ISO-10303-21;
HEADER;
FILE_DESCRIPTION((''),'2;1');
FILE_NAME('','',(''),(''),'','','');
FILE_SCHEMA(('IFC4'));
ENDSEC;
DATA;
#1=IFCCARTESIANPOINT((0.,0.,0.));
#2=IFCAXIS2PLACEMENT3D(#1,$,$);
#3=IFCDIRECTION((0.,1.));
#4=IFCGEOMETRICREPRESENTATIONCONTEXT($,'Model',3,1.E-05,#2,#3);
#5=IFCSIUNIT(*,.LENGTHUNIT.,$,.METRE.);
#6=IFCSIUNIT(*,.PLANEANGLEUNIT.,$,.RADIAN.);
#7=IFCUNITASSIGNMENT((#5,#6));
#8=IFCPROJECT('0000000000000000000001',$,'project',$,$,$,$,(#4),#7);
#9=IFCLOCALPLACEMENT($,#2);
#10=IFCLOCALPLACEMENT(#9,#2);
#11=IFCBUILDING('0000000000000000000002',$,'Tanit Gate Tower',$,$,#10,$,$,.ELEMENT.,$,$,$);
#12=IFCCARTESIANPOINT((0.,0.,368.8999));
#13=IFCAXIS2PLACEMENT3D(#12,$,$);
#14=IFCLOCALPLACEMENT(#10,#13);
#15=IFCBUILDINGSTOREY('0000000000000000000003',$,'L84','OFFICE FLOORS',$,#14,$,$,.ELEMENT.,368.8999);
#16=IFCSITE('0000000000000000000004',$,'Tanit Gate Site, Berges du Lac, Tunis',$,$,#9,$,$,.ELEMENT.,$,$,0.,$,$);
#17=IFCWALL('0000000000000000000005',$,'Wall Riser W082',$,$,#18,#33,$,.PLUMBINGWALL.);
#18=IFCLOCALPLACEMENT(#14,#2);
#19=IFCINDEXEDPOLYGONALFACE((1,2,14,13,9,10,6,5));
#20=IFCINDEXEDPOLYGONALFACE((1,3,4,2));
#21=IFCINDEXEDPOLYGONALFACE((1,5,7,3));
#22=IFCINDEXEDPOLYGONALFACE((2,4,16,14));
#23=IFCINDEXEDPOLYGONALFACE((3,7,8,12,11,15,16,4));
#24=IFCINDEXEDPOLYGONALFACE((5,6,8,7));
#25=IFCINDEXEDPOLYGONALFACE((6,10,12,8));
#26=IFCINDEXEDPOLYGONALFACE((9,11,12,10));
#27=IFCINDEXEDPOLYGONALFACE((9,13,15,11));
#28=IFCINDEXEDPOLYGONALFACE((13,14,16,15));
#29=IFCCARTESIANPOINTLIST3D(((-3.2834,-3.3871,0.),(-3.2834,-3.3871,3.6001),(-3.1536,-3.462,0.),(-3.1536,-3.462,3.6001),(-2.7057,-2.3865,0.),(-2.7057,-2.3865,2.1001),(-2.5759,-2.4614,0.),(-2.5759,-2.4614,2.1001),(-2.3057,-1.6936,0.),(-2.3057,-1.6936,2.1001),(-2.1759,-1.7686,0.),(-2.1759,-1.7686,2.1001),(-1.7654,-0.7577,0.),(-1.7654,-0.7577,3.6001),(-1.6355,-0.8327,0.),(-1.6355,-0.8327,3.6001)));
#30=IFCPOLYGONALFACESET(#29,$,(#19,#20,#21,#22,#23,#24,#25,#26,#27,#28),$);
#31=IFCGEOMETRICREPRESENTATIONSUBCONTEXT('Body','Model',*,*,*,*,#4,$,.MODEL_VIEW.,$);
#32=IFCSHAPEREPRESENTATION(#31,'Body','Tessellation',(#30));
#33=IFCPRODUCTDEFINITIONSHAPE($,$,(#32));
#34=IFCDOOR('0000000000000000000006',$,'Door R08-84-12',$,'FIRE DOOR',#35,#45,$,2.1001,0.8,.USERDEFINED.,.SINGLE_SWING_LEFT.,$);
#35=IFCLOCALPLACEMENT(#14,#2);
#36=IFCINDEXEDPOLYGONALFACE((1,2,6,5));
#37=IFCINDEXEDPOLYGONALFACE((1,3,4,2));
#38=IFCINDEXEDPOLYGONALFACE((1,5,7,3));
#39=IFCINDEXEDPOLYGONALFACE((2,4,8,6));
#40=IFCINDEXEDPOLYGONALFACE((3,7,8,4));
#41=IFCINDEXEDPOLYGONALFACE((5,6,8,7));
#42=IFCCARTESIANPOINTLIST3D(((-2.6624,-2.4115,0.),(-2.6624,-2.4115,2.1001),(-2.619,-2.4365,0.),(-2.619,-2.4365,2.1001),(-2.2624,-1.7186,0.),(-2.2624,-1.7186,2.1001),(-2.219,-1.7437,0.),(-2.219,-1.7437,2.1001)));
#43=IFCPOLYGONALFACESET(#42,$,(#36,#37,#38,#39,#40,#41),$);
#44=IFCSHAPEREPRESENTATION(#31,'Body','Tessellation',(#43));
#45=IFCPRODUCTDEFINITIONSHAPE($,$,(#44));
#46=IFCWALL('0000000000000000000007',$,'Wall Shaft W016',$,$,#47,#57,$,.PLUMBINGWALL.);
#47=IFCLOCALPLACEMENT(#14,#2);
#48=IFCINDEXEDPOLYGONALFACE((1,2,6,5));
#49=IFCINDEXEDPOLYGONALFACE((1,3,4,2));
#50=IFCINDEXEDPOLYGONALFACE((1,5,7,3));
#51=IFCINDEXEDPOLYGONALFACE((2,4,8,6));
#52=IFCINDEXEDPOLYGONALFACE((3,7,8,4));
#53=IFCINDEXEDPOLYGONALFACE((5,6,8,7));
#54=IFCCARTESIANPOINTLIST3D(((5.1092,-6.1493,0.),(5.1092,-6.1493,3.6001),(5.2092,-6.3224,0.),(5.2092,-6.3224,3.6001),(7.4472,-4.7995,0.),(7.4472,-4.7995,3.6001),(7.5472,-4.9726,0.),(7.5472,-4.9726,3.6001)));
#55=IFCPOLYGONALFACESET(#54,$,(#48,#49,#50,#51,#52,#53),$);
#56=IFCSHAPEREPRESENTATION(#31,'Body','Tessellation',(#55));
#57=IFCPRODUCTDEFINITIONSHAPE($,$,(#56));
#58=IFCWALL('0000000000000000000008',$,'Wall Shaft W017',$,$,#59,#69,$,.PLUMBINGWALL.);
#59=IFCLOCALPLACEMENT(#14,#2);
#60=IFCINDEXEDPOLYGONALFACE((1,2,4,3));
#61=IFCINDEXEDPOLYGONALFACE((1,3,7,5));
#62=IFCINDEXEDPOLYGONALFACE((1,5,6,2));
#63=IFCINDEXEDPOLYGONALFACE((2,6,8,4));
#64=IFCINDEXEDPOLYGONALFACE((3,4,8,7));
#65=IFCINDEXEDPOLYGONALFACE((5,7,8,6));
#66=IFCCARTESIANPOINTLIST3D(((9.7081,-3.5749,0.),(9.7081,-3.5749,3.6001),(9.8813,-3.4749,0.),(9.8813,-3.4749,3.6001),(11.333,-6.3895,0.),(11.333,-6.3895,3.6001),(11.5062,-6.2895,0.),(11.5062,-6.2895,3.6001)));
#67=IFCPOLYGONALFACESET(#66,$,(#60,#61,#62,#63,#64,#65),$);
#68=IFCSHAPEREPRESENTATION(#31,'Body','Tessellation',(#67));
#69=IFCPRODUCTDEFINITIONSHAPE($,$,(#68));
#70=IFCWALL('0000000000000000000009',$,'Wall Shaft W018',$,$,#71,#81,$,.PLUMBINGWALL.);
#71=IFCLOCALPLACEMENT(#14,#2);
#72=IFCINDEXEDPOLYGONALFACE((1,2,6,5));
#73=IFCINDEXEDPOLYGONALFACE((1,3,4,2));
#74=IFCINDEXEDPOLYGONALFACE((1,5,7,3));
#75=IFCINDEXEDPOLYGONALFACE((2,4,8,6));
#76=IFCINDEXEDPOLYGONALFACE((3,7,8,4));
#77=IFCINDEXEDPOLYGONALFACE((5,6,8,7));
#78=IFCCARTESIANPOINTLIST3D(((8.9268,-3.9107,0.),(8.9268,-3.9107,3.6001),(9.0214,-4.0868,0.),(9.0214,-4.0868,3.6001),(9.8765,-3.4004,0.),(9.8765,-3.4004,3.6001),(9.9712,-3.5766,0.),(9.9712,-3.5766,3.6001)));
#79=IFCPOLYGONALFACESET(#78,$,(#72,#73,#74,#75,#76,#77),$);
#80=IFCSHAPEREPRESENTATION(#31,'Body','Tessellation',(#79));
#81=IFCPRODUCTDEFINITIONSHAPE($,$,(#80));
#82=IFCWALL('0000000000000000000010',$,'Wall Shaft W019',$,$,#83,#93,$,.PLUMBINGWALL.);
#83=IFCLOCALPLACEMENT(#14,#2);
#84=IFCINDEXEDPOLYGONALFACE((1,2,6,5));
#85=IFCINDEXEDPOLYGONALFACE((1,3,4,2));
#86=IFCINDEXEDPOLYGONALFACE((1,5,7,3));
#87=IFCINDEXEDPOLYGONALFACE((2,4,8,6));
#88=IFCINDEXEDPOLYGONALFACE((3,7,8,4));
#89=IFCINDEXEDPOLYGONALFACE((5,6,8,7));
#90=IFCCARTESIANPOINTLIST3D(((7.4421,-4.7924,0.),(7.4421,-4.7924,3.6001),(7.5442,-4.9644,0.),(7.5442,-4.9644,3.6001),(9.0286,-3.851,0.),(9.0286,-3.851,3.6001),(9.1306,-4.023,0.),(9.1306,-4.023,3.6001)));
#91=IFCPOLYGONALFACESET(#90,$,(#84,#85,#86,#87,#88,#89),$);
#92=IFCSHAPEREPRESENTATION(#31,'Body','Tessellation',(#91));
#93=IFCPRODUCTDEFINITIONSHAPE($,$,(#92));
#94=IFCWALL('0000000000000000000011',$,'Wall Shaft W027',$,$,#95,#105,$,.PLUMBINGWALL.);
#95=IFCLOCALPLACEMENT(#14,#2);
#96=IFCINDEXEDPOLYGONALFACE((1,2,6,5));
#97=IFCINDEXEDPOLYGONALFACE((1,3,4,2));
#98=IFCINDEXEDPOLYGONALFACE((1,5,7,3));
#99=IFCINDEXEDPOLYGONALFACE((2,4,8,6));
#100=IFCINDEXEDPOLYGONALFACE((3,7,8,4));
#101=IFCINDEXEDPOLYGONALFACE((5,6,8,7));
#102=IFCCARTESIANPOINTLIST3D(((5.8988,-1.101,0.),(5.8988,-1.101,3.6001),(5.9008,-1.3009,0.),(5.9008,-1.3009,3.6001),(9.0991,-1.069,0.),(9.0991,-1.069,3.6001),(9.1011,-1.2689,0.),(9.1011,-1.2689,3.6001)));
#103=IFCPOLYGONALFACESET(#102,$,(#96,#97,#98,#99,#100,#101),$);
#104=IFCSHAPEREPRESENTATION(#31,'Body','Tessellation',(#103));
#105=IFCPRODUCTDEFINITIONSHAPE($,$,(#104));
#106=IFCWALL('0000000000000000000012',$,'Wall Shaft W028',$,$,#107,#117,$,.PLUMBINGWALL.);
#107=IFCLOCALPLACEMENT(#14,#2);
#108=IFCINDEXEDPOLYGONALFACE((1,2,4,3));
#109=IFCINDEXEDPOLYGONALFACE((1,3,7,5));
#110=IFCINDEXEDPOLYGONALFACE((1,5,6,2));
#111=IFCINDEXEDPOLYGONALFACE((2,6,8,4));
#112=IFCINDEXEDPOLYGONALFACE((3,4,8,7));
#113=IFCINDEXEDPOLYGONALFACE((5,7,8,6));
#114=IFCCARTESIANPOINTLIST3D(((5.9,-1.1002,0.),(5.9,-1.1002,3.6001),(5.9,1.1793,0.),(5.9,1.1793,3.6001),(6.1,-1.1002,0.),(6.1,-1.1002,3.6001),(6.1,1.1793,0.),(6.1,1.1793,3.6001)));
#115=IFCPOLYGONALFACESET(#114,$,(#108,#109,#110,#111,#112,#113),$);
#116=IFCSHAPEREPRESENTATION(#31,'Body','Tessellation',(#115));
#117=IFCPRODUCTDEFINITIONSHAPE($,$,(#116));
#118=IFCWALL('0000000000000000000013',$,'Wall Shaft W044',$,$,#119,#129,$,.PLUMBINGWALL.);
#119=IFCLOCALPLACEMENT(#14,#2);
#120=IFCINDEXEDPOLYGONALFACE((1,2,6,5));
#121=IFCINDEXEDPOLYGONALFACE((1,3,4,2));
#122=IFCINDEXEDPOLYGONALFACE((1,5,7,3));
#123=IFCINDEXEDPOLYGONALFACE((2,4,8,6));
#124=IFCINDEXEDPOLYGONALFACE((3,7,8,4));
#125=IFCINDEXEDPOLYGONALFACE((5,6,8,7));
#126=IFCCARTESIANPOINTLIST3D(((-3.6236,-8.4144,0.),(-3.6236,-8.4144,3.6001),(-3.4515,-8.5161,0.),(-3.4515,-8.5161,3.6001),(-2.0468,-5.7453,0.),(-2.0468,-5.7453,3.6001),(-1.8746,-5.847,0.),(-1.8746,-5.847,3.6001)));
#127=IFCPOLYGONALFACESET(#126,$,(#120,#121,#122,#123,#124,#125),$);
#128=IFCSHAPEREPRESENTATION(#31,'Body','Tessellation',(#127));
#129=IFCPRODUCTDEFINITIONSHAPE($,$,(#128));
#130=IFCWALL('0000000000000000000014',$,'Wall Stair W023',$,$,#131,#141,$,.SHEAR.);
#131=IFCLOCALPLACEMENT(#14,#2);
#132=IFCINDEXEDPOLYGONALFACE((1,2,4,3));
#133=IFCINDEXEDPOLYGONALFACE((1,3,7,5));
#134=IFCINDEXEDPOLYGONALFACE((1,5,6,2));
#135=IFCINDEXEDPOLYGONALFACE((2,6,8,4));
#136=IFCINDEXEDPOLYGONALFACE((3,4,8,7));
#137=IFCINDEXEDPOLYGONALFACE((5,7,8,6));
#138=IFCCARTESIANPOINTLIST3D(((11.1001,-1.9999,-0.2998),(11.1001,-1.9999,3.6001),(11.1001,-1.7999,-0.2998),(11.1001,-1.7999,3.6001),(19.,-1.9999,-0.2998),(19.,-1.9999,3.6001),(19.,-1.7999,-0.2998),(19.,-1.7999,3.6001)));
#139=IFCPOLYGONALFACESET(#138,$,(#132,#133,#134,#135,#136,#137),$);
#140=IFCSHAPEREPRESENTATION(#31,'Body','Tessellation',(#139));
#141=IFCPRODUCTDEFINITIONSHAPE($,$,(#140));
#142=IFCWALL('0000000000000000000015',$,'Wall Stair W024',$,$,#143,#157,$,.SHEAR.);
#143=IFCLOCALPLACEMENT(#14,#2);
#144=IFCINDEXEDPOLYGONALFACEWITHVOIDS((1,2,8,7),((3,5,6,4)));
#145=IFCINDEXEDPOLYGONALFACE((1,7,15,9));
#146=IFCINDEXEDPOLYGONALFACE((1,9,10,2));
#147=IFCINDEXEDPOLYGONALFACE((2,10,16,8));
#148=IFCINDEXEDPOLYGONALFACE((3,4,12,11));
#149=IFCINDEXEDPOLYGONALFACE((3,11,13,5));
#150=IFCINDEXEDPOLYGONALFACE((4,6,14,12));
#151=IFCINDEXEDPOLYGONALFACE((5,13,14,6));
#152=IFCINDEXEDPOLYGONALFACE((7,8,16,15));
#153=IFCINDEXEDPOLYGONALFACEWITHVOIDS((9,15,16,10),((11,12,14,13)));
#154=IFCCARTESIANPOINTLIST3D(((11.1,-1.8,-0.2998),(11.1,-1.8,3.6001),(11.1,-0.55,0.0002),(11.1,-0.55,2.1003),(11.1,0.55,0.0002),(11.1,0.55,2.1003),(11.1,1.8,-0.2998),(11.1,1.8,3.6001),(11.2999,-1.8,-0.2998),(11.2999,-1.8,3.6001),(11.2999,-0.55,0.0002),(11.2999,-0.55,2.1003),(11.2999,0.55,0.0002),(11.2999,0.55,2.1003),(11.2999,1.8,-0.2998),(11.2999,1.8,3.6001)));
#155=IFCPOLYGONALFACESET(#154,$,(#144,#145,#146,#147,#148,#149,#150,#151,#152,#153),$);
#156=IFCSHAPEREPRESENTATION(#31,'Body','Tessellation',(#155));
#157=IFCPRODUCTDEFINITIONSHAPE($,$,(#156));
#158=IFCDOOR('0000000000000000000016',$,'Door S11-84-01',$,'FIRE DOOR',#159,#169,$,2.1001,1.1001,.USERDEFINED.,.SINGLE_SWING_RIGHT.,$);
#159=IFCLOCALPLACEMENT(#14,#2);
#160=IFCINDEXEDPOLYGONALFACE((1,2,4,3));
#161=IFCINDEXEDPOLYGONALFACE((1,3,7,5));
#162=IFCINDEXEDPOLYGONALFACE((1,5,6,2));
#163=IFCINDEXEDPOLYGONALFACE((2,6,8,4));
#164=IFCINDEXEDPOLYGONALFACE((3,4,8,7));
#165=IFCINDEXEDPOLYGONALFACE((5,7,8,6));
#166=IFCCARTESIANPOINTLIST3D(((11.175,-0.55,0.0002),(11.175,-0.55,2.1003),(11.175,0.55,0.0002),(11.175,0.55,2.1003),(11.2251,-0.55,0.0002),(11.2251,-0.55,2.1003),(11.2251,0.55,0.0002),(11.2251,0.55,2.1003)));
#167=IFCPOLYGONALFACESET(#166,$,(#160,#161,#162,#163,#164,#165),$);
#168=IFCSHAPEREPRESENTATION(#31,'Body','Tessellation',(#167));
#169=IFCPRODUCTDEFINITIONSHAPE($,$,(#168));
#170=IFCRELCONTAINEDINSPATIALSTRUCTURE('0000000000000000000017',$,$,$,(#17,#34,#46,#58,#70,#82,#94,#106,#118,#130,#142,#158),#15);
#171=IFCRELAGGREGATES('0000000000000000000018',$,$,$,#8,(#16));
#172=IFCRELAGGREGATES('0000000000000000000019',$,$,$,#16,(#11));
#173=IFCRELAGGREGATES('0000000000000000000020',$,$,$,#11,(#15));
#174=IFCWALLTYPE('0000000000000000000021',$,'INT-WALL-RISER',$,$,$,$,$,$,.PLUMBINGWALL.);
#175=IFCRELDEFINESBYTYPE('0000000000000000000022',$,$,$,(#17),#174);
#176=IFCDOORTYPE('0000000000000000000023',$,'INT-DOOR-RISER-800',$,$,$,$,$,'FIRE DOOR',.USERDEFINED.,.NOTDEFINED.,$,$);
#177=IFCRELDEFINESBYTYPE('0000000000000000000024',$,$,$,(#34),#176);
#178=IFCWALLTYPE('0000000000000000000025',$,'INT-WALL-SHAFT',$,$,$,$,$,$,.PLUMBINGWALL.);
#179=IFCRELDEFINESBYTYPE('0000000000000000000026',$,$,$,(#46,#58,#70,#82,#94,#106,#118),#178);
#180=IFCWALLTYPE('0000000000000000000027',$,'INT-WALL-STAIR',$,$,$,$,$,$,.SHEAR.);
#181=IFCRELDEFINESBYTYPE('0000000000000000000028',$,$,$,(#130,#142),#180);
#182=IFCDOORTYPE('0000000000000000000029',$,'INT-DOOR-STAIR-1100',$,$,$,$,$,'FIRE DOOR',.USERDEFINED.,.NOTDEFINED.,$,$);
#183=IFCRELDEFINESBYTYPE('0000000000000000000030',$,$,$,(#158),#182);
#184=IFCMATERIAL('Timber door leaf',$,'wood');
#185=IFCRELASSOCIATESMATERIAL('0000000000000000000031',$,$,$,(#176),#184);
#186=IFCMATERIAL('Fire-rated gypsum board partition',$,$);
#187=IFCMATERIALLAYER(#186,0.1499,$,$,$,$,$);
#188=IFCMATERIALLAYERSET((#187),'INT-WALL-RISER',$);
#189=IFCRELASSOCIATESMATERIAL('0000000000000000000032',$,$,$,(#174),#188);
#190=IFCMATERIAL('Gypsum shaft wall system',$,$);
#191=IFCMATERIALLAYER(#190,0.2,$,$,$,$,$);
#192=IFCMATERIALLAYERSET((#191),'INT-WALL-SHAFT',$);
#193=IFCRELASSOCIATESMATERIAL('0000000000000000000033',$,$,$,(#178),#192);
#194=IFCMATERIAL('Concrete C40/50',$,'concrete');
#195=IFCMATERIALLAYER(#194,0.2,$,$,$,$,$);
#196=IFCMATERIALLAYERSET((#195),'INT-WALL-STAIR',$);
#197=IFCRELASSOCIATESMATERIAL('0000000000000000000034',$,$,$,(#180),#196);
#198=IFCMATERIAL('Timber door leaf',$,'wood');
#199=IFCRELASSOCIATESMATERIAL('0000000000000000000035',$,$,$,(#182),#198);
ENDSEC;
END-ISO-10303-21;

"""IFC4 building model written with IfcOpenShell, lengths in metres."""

from ifc_helpers import new_model, si_unit, direction, frame, frame_2d, origin, place, context, subcontext, project, spatial, rectangle, extrude, material, layer, layer_set, type_object, element, fill, save


model = new_model("IFC4")

# Units and contexts
model_context = context("Model", 3, precision=1e-05, world=origin(), true_north=direction((0.0, 1.0)))
body_context = subcontext(model_context, "Body", "Model", "MODEL_VIEW")
ifc_project = project(units=[si_unit("LENGTHUNIT", "METRE"), si_unit("PLANEANGLEUNIT", "RADIAN")], contexts=[model_context])

# Site, building, storey
site_placement = place(None, origin())
site = spatial("IfcSite", under=ifc_project, at=site_placement, Name="Tanit Gate Site, Berges du Lac, Tunis", CompositionType="ELEMENT", RefElevation=0.0)
building_placement = place(site_placement, origin())
building = spatial("IfcBuilding", under=site, at=building_placement, Name="Tanit Gate Tower", CompositionType="ELEMENT")
storey_placement = place(building_placement, frame((0.0, 0.0, 368.8999)))
storey = spatial("IfcBuildingStorey", under=building, at=storey_placement, Name="L84", Description="OFFICE FLOORS", CompositionType="ELEMENT", Elevation=368.8999)

# Shared definitions
ifc_material_1 = material(Name="Timber door leaf", Category="wood")
door_type_1 = type_object("IfcDoorType", Name="INT-DOOR-RISER-800", ElementType="FIRE DOOR", OperationType="NOTDEFINED", PredefinedType="USERDEFINED", material=ifc_material_1)

# Shared definitions
ifc_material_2 = material(Name="Fire-rated gypsum board partition")
ifc_layer_1 = layer(ifc_material_2, 0.1499)
ifc_layer_set_1 = layer_set([ifc_layer_1], Name="INT-WALL-RISER")
wall_type_1 = type_object("IfcWallType", Name="INT-WALL-RISER", PredefinedType="PLUMBINGWALL", material=ifc_layer_set_1)

# Wall, opening, door
wall_1_placement = place(storey_placement, frame((-3.2185, -3.4246, 0.0), z_axis=(0.0, 0.0, 1.0), x_axis=(0.499996, 0.866028, 0.0)))
wall_1 = element("IfcWall", 1, at=wall_1_placement, inside=storey, type_object=wall_type_1, Name="Wall Riser W082", PredefinedType="PLUMBINGWALL", context=body_context, shape_type="SweptSolid", body=[
    extrude(rectangle(XDim=3.0361, YDim=0.1499, at=frame_2d((1.5181, 0.0))), origin(), (0.0, 0.0, 1.0), 3.6001),
])
opening_1_placement = place(wall_1_placement, frame((1.1555, 0.0, 0.0)))
opening_1 = element("IfcOpeningElement", 2, at=opening_1_placement, cuts=wall_1, PredefinedType="OPENING", context=body_context, shape_type="SweptSolid", body=[
    extrude(rectangle(XDim=0.8, YDim=2.1001, at=frame_2d((0.3999, 1.05))), frame((0.0, 0.085, 0.0), z_axis=(0.0, -1.0, 0.0), x_axis=(1.0, 0.0, 0.0)), (0.0, 0.0, 1.0), 0.1699),
])
door_1_placement = place(opening_1_placement, origin())
door_1 = element("IfcDoor", 3, at=door_1_placement, inside=storey, type_object=door_type_1, Name="Door R08-84-12", ObjectType="FIRE DOOR", OperationType="SINGLE_SWING_LEFT", OverallHeight=2.1001, OverallWidth=0.8, PredefinedType="USERDEFINED", context=body_context, shape_type="SweptSolid", body=[
    extrude(rectangle(XDim=0.8, YDim=2.1001, at=frame_2d((0.3999, 1.05))), frame((0.0, 0.0249, 0.0), z_axis=(0.0, -1.0, 0.0), x_axis=(1.0, 0.0, 0.0)), (0.0, 0.0, 1.0), 0.05),
])
fill(opening_1, door_1)

# Walls
ifc_material_3 = material(Name="Gypsum shaft wall system")
ifc_layer_2 = layer(ifc_material_3, 0.2)
ifc_layer_set_2 = layer_set([ifc_layer_2], Name="INT-WALL-SHAFT")
wall_type_2 = type_object("IfcWallType", Name="INT-WALL-SHAFT", PredefinedType="PLUMBINGWALL", material=ifc_layer_set_2)
wall_2_placement = place(storey_placement, frame((5.1592, -6.2358, 0.0), z_axis=(0.0, 0.0, 1.0), x_axis=(0.866037, 0.499981, 0.0)))
element("IfcWall", 4, at=wall_2_placement, inside=storey, type_object=wall_type_2, Name="Wall Shaft W016", PredefinedType="PLUMBINGWALL", context=body_context, shape_type="SweptSolid", body=[
    extrude(rectangle(XDim=2.6997, YDim=0.2, at=frame_2d((1.3499, 0.0))), origin(), (0.0, 0.0, 1.0), 3.6001),
])
wall_3_placement = place(storey_placement, frame((9.7947, -3.5249, 0.0), z_axis=(0.0, 0.0, 1.0), x_axis=(0.499985, -0.866034, 0.0)))
element("IfcWall", 5, at=wall_3_placement, inside=storey, type_object=wall_type_2, Name="Wall Shaft W017", PredefinedType="PLUMBINGWALL", context=body_context, shape_type="SweptSolid", body=[
    extrude(rectangle(XDim=3.25, YDim=0.2, at=frame_2d((1.625, 0.0))), origin(), (0.0, 0.0, 1.0), 3.6001),
])
wall_4_placement = place(storey_placement, frame((8.9741, -3.9988, 0.0), z_axis=(0.0, 0.0, 1.0), x_axis=(0.880907, 0.473289, 0.0)))
element("IfcWall", 6, at=wall_4_placement, inside=storey, type_object=wall_type_2, Name="Wall Shaft W018", PredefinedType="PLUMBINGWALL", context=body_context, shape_type="SweptSolid", body=[
    extrude(rectangle(XDim=1.0781, YDim=0.2, at=frame_2d((0.5391, 0.0))), origin(), (0.0, 0.0, 1.0), 3.6001),
])
wall_5_placement = place(storey_placement, frame((7.4932, -4.8784, 0.0), z_axis=(0.0, 0.0, 1.0), x_axis=(0.859982, 0.510325, 0.0)))
element("IfcWall", 7, at=wall_5_placement, inside=storey, type_object=wall_type_2, Name="Wall Shaft W019", PredefinedType="PLUMBINGWALL", context=body_context, shape_type="SweptSolid", body=[
    extrude(rectangle(XDim=1.8447, YDim=0.2, at=frame_2d((0.9224, 0.0))), origin(), (0.0, 0.0, 1.0), 3.6001),
])
wall_6_placement = place(storey_placement, frame((5.8999, -1.2009, 0.0), z_axis=(0.0, 0.0, 1.0), x_axis=(0.99995, 0.009993, 0.0)))
element("IfcWall", 8, at=wall_6_placement, inside=storey, type_object=wall_type_2, Name="Wall Shaft W027", PredefinedType="PLUMBINGWALL", context=body_context, shape_type="SweptSolid", body=[
    extrude(rectangle(XDim=3.2004, YDim=0.2, at=frame_2d((1.6001, 0.0))), origin(), (0.0, 0.0, 1.0), 3.6001),
])
wall_7_placement = place(storey_placement, frame((6.0, -1.1001, 0.0), z_axis=(0.0, 0.0, 1.0), x_axis=(0.0, 1.0, 0.0)))
element("IfcWall", 9, at=wall_7_placement, inside=storey, type_object=wall_type_2, Name="Wall Shaft W028", PredefinedType="PLUMBINGWALL", context=body_context, shape_type="SweptSolid", body=[
    extrude(rectangle(XDim=2.2795, YDim=0.2, at=frame_2d((1.1396, 0.0))), origin(), (0.0, 0.0, 1.0), 3.6001),
])
wall_8_placement = place(storey_placement, frame((-1.9607, -5.7961, 0.0), z_axis=(0.0, 0.0, 1.0), x_axis=(-0.508647, -0.860975, 0.0)))
element("IfcWall", 10, at=wall_8_placement, inside=storey, type_object=wall_type_2, Name="Wall Shaft W044", PredefinedType="PLUMBINGWALL", context=body_context, shape_type="SweptSolid", body=[
    extrude(rectangle(XDim=3.1001, YDim=0.2, at=frame_2d((1.55, 0.0))), origin(), (0.0, 0.0, 1.0), 3.6001),
])
ifc_material_4 = material(Name="Concrete C40/50", Category="concrete")
ifc_layer_3 = layer(ifc_material_4, 0.2)
ifc_layer_set_3 = layer_set([ifc_layer_3], Name="INT-WALL-STAIR")
wall_type_3 = type_object("IfcWallType", Name="INT-WALL-STAIR", PredefinedType="SHEAR", material=ifc_layer_set_3)
wall_9_placement = place(storey_placement, frame((11.1001, -1.8999, -0.2998), z_axis=(0.0, 0.0, 1.0), x_axis=(1.0, 0.0, 0.0)))
element("IfcWall", 11, at=wall_9_placement, inside=storey, type_object=wall_type_3, Name="Wall Stair W023", PredefinedType="SHEAR", context=body_context, shape_type="SweptSolid", body=[
    extrude(rectangle(XDim=7.8999, YDim=0.2, at=frame_2d((3.95, 0.0))), origin(), (0.0, 0.0, 1.0), 3.8999),
])

# Wall, opening, door
wall_10_placement = place(storey_placement, frame((11.2, -1.8, -0.2998), z_axis=(0.0, 0.0, 1.0), x_axis=(0.0, 1.0, 0.0)))
wall_10 = element("IfcWall", 12, at=wall_10_placement, inside=storey, type_object=wall_type_3, Name="Wall Stair W024", PredefinedType="SHEAR", context=body_context, shape_type="SweptSolid", body=[
    extrude(rectangle(XDim=3.6001, YDim=0.2, at=frame_2d((1.8, 0.0))), origin(), (0.0, 0.0, 1.0), 3.8999),
])
opening_2_placement = place(wall_10_placement, frame((1.25, 0.0, 0.3)))
opening_2 = element("IfcOpeningElement", 13, at=opening_2_placement, cuts=wall_10, PredefinedType="OPENING", context=body_context, shape_type="SweptSolid", body=[
    extrude(rectangle(XDim=1.1001, YDim=2.1001, at=frame_2d((0.55, 1.05))), frame((0.0, 0.1099, 0.0), z_axis=(0.0, -1.0, 0.0), x_axis=(1.0, 0.0, 0.0)), (0.0, 0.0, 1.0), 0.22),
])
ifc_material_5 = material(Name="Timber door leaf", Category="wood")
door_type_2 = type_object("IfcDoorType", Name="INT-DOOR-STAIR-1100", ElementType="FIRE DOOR", OperationType="NOTDEFINED", PredefinedType="USERDEFINED", material=ifc_material_5)
door_2_placement = place(opening_2_placement, origin())
door_2 = element("IfcDoor", 14, at=door_2_placement, inside=storey, type_object=door_type_2, Name="Door S11-84-01", ObjectType="FIRE DOOR", OperationType="SINGLE_SWING_RIGHT", OverallHeight=2.1001, OverallWidth=1.1001, PredefinedType="USERDEFINED", context=body_context, shape_type="SweptSolid", body=[
    extrude(rectangle(XDim=1.1001, YDim=2.1001, at=frame_2d((0.55, 1.05))), frame((0.0, 0.0249, 0.0), z_axis=(0.0, -1.0, 0.0), x_axis=(1.0, 0.0, 0.0)), (0.0, 0.0, 1.0), 0.05),
])
fill(opening_2, door_2)

save(model, "model.ifc")
